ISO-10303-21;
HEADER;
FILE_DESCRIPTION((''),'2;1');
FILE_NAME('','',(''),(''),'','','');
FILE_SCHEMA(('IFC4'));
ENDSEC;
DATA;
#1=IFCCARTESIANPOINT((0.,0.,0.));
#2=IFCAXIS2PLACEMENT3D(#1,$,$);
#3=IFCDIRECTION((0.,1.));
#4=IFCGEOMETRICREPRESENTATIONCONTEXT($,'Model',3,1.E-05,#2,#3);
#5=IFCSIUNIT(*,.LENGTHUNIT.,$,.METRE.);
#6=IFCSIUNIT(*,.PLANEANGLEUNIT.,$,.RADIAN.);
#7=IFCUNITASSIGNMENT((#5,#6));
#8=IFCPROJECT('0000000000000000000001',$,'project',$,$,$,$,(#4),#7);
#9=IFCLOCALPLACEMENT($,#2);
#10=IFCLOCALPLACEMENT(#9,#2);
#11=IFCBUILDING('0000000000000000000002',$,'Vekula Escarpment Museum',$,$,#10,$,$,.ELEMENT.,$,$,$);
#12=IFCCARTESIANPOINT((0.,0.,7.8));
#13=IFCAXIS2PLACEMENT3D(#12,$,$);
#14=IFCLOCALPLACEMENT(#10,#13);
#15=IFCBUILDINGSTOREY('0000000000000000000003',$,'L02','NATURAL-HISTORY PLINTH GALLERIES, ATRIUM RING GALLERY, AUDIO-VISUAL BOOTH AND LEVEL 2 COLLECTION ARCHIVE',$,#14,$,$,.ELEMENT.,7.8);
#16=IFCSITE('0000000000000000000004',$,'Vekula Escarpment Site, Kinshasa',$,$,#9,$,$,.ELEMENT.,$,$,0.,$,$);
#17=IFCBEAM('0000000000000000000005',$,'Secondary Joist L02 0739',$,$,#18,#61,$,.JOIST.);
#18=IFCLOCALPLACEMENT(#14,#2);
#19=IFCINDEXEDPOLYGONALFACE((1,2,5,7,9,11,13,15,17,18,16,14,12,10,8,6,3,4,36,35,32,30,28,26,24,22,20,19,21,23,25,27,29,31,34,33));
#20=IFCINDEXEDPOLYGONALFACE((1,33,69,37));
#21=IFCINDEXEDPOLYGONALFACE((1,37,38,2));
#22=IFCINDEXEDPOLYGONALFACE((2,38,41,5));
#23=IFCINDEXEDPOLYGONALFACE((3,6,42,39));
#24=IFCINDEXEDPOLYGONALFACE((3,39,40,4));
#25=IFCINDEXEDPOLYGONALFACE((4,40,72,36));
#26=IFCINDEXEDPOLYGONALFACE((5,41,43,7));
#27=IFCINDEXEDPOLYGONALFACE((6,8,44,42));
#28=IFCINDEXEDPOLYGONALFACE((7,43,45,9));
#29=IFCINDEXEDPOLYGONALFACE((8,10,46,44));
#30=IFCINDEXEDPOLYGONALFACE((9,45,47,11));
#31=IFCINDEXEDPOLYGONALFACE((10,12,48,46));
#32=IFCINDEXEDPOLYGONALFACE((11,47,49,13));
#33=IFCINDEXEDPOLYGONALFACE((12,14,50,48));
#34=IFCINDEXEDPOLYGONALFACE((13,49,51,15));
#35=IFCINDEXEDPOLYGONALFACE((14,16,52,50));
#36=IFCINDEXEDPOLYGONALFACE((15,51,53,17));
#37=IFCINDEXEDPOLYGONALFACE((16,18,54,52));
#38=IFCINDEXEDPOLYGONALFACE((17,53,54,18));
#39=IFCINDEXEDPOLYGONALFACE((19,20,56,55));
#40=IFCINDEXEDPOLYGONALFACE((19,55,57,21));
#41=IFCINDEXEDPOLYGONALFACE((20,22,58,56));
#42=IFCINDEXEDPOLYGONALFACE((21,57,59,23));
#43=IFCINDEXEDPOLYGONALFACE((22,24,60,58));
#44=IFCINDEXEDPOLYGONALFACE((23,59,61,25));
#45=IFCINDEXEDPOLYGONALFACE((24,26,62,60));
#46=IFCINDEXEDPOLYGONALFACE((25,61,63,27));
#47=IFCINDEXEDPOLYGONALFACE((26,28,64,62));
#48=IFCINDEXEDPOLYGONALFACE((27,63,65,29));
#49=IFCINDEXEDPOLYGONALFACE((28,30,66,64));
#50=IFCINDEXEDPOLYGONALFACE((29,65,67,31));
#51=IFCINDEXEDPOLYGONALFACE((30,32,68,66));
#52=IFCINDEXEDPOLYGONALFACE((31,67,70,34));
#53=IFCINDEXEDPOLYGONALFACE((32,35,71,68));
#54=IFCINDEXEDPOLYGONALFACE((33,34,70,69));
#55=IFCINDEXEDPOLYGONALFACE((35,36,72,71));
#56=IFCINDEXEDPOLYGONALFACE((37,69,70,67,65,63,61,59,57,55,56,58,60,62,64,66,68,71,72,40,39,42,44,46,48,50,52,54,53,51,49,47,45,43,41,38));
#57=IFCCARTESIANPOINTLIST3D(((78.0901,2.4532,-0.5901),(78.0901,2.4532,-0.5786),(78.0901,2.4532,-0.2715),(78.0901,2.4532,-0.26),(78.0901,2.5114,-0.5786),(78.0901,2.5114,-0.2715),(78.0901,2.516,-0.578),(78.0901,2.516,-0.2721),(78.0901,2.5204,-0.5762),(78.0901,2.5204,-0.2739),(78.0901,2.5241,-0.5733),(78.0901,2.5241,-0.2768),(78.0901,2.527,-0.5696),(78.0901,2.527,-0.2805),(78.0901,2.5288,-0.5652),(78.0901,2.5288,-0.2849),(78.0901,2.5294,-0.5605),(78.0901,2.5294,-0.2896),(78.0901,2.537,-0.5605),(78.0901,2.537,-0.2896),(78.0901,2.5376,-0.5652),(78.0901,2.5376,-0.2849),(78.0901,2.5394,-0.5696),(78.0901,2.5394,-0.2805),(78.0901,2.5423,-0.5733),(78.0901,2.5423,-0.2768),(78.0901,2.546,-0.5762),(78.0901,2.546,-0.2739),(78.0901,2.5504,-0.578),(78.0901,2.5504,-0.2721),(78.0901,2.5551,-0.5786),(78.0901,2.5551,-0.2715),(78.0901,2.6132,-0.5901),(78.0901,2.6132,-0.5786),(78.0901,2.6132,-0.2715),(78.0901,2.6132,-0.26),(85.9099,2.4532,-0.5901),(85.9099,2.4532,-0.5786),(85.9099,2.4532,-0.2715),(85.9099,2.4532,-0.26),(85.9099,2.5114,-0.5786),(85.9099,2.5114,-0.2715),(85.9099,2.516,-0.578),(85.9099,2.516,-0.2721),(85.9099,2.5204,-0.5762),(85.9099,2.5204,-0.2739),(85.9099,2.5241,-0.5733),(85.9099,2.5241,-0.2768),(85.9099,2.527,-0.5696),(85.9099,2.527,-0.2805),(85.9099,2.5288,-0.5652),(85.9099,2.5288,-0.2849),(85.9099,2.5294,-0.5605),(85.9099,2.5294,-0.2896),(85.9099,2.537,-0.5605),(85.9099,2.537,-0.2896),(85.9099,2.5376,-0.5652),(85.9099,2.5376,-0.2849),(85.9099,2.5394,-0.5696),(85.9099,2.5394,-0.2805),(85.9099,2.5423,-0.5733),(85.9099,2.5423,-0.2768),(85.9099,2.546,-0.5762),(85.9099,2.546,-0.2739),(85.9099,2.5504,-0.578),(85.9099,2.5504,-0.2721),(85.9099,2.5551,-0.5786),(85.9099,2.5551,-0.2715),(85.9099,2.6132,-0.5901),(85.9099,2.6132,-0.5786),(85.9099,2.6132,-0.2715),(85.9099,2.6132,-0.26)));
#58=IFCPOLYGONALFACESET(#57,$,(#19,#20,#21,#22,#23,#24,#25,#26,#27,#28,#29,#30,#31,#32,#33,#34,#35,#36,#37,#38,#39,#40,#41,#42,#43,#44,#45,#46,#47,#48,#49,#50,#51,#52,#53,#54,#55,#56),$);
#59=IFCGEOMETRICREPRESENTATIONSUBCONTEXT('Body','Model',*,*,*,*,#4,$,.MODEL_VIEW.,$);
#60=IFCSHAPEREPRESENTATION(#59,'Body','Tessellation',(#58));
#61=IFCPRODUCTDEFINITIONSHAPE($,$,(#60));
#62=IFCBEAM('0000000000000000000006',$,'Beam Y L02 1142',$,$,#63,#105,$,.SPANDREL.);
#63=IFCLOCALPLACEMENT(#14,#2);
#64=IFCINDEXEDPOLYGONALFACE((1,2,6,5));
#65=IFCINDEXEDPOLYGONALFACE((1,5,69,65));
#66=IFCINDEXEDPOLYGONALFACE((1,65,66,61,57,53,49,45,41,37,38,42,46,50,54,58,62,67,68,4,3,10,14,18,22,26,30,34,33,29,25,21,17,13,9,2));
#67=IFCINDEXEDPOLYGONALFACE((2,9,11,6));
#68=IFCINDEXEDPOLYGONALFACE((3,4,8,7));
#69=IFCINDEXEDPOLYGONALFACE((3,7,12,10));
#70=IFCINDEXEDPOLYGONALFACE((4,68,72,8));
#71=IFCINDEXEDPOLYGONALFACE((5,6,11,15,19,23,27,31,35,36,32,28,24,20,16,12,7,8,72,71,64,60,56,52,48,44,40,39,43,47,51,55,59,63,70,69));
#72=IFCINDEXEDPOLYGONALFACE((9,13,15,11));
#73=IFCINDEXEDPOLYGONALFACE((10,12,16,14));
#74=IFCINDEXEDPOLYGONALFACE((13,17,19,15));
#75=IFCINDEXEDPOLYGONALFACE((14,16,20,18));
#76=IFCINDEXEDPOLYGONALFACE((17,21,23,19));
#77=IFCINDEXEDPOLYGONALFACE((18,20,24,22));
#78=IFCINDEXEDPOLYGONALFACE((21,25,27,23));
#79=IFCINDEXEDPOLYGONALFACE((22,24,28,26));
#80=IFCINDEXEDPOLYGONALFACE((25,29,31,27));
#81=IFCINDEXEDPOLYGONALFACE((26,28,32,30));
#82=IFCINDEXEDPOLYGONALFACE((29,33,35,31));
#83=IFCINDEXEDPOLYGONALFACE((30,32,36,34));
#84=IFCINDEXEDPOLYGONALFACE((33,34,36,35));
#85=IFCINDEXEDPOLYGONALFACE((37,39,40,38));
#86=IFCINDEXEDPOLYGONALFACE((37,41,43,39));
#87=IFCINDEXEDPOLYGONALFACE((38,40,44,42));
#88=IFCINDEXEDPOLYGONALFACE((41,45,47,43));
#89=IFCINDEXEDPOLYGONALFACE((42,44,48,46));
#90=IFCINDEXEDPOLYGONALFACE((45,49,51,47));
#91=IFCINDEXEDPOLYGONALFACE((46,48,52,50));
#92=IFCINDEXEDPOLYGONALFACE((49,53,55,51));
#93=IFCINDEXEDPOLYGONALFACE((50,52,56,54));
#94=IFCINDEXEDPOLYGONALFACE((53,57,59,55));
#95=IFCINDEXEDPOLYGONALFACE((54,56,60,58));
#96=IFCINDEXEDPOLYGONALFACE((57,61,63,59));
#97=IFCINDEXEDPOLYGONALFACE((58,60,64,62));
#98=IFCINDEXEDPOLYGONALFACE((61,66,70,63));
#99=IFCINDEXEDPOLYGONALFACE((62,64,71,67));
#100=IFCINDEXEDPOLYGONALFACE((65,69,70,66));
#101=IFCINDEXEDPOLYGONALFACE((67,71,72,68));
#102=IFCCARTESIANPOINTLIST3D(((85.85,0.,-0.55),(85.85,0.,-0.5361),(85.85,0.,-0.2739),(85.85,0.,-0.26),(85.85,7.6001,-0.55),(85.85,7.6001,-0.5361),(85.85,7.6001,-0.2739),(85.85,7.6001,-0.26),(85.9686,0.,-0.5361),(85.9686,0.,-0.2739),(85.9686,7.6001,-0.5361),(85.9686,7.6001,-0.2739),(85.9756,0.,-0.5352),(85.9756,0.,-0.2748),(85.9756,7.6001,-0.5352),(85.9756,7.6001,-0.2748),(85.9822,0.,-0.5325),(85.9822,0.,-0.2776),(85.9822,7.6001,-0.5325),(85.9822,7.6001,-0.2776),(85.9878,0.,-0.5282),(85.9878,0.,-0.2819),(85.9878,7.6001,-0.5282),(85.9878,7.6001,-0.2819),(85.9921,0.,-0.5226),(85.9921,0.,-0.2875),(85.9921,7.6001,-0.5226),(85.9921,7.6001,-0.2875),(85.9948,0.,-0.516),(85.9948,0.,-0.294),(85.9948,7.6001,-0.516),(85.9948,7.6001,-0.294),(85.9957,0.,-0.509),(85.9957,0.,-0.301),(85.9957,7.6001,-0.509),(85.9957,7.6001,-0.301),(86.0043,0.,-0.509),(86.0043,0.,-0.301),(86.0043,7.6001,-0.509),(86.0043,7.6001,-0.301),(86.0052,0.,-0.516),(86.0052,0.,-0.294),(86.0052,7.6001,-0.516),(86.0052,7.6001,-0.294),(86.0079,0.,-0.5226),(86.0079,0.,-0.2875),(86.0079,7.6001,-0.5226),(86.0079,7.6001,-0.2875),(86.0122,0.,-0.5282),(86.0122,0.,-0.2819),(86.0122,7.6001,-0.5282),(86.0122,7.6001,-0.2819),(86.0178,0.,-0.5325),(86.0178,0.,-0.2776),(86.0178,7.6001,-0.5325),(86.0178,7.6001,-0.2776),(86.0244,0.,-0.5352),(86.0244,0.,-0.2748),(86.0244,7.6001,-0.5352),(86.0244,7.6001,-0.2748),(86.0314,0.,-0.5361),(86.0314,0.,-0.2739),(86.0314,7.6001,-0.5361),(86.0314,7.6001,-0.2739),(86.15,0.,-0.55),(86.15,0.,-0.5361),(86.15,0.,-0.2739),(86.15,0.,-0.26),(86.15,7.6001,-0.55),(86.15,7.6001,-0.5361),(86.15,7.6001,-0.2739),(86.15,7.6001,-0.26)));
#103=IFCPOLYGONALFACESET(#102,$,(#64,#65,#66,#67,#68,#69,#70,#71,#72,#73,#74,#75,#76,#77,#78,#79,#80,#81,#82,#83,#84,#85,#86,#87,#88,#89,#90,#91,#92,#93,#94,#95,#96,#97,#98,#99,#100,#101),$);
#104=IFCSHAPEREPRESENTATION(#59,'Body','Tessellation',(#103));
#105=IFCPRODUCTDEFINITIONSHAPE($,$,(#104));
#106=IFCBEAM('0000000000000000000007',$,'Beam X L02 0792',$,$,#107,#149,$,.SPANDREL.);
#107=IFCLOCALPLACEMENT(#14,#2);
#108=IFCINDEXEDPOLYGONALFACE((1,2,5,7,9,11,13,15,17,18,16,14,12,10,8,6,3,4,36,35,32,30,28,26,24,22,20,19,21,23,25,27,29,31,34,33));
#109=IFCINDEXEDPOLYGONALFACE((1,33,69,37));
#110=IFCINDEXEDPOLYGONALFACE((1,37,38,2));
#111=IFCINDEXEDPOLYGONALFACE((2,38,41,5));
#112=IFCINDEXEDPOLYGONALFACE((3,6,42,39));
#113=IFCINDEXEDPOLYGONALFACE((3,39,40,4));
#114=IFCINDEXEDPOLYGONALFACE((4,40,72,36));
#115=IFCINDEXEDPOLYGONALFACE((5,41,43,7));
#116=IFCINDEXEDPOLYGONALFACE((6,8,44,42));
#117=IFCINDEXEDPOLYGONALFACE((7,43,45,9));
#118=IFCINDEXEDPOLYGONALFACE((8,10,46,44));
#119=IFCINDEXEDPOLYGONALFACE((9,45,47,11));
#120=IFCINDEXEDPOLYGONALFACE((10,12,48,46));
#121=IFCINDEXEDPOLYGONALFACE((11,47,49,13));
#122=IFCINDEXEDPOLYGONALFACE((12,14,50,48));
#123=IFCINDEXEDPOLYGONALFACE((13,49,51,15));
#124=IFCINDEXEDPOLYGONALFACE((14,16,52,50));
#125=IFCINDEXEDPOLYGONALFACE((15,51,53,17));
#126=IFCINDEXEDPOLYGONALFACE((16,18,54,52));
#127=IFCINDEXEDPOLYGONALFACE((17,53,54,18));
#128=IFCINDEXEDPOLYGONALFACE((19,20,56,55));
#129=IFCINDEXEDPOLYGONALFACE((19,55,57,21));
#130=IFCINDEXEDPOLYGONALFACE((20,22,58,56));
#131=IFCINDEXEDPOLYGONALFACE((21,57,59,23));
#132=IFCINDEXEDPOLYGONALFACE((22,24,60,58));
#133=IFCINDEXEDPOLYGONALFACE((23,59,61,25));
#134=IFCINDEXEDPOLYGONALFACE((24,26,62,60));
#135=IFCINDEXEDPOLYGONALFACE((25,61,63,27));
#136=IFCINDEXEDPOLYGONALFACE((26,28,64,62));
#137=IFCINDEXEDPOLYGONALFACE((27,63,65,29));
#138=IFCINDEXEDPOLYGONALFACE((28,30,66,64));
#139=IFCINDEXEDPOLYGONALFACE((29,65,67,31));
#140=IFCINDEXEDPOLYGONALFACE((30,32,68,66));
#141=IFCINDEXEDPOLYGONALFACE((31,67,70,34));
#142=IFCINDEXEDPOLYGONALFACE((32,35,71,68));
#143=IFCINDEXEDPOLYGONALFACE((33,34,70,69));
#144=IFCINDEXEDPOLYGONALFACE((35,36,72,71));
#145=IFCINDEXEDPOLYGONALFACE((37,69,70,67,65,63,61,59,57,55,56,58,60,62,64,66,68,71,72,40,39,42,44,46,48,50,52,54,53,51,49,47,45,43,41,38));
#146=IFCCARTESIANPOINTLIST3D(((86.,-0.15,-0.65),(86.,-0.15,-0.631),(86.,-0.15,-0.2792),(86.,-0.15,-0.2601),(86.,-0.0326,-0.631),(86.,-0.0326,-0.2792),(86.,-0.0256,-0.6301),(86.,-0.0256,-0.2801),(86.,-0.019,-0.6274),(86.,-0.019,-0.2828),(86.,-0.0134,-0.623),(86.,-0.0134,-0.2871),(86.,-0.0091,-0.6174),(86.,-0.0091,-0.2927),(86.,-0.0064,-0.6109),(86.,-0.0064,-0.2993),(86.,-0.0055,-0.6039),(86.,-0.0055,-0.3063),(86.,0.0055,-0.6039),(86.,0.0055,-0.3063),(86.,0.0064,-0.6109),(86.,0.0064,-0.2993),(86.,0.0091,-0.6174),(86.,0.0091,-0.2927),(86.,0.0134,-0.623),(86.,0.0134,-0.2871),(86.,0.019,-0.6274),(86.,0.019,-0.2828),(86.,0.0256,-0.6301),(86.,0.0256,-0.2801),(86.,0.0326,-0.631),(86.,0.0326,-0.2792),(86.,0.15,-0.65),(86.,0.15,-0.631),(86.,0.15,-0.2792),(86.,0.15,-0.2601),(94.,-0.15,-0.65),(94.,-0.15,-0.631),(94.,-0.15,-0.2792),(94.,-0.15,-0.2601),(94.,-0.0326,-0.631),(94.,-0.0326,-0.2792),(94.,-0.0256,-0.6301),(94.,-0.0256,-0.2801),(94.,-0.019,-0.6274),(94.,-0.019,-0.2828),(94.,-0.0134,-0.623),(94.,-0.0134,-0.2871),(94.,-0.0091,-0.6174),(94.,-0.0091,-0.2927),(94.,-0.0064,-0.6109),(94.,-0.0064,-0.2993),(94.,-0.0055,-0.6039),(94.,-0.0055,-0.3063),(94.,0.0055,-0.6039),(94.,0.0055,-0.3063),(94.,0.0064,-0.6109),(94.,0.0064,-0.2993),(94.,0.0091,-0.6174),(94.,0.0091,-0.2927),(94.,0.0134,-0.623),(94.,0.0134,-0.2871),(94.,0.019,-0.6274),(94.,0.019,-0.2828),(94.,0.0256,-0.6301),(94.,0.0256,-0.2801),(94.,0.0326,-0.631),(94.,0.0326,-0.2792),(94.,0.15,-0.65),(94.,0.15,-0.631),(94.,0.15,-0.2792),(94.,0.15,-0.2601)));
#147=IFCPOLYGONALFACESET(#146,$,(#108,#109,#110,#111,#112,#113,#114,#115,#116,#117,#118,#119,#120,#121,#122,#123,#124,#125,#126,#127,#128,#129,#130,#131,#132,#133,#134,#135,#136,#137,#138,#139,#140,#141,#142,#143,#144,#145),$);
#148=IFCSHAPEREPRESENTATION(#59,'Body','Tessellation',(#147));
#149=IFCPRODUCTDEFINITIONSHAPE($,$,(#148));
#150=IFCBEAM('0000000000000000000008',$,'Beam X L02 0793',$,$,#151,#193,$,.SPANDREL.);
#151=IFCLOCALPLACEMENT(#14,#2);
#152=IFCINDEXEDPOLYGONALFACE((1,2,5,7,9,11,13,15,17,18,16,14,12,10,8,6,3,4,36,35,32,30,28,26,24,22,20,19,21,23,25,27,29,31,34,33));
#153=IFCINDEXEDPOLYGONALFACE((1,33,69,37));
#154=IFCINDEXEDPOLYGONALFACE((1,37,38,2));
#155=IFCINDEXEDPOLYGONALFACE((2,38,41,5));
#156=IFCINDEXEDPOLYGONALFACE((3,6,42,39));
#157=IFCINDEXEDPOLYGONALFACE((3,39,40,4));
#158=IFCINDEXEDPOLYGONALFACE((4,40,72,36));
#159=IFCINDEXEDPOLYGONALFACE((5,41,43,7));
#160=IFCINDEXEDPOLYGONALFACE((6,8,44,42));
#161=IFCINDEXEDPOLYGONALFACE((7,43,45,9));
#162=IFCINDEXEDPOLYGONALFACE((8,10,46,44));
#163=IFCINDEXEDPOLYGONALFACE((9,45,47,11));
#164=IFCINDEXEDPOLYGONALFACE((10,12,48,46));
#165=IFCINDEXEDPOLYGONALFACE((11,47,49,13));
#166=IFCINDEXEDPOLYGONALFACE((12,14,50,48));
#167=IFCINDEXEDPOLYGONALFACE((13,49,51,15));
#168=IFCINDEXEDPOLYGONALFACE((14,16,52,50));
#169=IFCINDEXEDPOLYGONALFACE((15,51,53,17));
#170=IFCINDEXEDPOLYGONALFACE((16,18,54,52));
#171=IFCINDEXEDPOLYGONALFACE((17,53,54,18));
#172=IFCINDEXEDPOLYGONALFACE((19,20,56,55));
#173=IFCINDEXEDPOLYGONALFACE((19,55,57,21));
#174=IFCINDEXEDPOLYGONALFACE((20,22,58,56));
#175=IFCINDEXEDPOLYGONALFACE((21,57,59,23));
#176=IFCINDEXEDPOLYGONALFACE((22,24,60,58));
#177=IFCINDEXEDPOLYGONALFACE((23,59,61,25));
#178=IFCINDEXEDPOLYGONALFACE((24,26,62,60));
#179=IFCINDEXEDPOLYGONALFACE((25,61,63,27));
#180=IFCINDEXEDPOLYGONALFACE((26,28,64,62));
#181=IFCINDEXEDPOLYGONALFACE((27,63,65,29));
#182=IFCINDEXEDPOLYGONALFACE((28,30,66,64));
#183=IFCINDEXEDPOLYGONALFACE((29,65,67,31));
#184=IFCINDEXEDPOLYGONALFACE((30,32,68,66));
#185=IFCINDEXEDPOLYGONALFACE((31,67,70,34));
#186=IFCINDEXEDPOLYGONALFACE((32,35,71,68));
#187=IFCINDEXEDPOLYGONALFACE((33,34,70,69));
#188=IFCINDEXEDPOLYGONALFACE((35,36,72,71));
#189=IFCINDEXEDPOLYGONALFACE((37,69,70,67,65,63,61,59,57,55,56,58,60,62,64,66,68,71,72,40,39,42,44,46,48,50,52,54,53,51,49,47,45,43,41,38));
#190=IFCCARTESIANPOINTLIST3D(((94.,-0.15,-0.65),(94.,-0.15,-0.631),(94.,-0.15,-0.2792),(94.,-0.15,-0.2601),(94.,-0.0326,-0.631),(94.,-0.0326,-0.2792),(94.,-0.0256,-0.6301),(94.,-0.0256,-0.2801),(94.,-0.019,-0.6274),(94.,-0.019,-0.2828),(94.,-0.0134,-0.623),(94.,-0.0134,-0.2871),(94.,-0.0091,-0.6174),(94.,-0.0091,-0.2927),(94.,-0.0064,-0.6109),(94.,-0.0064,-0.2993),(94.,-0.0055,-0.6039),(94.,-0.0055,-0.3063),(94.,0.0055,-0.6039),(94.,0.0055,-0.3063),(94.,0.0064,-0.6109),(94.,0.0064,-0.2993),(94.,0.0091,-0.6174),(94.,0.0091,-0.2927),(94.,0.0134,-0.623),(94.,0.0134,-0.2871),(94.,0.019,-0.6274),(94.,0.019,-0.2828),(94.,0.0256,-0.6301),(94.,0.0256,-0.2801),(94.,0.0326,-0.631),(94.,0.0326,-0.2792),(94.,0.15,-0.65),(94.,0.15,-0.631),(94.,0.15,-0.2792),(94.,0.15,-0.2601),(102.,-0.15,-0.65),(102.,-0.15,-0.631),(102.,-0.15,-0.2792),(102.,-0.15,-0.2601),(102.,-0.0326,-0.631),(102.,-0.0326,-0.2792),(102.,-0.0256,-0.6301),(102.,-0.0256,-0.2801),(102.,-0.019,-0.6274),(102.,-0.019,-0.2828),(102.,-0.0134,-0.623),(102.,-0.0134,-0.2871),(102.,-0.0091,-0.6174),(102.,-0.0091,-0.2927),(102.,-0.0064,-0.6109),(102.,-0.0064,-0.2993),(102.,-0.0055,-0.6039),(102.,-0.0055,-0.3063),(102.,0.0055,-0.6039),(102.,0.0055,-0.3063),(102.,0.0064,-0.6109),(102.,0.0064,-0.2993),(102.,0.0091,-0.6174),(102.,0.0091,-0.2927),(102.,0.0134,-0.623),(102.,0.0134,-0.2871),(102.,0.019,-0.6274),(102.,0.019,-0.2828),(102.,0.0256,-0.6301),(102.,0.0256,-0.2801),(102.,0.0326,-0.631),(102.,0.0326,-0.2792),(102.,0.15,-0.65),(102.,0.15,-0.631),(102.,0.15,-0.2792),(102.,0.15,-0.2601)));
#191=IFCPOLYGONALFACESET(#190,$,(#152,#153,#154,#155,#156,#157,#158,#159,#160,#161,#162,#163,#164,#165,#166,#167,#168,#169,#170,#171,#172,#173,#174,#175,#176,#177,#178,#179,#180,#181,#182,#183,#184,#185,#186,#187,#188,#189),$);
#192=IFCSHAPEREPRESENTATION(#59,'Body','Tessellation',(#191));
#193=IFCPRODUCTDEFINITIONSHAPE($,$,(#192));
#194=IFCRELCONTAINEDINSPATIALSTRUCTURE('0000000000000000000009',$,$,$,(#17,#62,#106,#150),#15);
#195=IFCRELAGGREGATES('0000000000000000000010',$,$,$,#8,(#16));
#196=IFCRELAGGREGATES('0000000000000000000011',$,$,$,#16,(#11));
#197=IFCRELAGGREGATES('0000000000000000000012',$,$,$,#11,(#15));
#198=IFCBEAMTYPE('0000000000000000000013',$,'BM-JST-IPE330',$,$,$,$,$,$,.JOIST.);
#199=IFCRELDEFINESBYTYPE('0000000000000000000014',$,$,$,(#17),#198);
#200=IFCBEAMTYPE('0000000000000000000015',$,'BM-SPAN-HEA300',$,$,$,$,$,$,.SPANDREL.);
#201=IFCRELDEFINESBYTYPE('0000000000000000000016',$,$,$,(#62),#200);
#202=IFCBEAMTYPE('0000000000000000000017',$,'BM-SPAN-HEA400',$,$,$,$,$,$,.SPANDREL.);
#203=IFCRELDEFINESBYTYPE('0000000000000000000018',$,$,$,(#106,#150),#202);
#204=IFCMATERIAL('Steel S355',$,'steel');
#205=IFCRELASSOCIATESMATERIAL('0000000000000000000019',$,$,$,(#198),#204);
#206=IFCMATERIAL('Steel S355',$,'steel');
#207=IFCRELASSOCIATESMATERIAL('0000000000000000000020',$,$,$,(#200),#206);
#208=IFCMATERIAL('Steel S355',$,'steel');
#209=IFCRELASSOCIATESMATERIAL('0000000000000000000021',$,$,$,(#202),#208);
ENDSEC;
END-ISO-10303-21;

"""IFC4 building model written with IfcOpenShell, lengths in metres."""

from ifc_helpers import new_model, si_unit, direction, frame, origin, origin_2d, place, context, subcontext, project, spatial, i_section, extrude, material, material_profile, profile_set, type_object, element, save


model = new_model("IFC4")

# Units and contexts
model_context = context("Model", 3, precision=1e-05, world=origin(), true_north=direction((0.0, 1.0)))
body_context = subcontext(model_context, "Body", "Model", "MODEL_VIEW")
ifc_project = project(units=[si_unit("LENGTHUNIT", "METRE"), si_unit("PLANEANGLEUNIT", "RADIAN")], contexts=[model_context])

# Site, building, storey
site_placement = place(None, origin())
site = spatial("IfcSite", under=ifc_project, at=site_placement, Name="Vekula Escarpment Site, Kinshasa", CompositionType="ELEMENT", RefElevation=0.0)
building_placement = place(site_placement, origin())
building = spatial("IfcBuilding", under=site, at=building_placement, Name="Vekula Escarpment Museum", CompositionType="ELEMENT")
storey_placement = place(building_placement, frame((0.0, 0.0, 7.8)))
storey = spatial("IfcBuildingStorey", under=building, at=storey_placement, Name="L02", Description="NATURAL-HISTORY PLINTH GALLERIES, ATRIUM RING GALLERY, AUDIO-VISUAL BOOTH AND LEVEL 2 COLLECTION ARCHIVE", CompositionType="ELEMENT", Elevation=7.8)

# Beams
ifc_material_1 = material(Name="Steel S355", Category="steel")
ifc_material_profile_1 = material_profile(ifc_material_1, i_section(OverallWidth=0.1599, OverallDepth=0.3301, WebThickness=0.0076, FlangeThickness=0.0115, FilletRadius=0.0181, at=origin_2d()), Name="IPE 330")
ifc_profile_set_1 = profile_set([ifc_material_profile_1], Name="Steel S355")
beam_type_1 = type_object("IfcBeamType", Name="BM-JST-IPE330", PredefinedType="JOIST", material=ifc_profile_set_1)
beam_1_placement = place(storey_placement, frame((78.0901, 2.5332, -0.425), z_axis=(1.0, 0.0, 0.0), x_axis=(0.0, 1.0, 0.0)))
element("IfcBeam", 1, at=beam_1_placement, inside=storey, type_object=beam_type_1, Name="Secondary Joist L02 0739", PredefinedType="JOIST", context=body_context, shape_type="SweptSolid", body=[
    extrude(i_section(OverallWidth=0.1599, OverallDepth=0.3301, WebThickness=0.0076, FlangeThickness=0.0115, FilletRadius=0.0181, at=origin_2d()), origin(), (0.0, 0.0, 1.0), 7.8198),
])
ifc_material_2 = material(Name="Steel S355", Category="steel")
ifc_material_profile_2 = material_profile(ifc_material_2, i_section(OverallWidth=0.3, OverallDepth=0.29, WebThickness=0.0085, FlangeThickness=0.0139, FilletRadius=0.0271, at=origin_2d()), Name="HEA 300")
ifc_profile_set_2 = profile_set([ifc_material_profile_2], Name="Steel S355")
beam_type_2 = type_object("IfcBeamType", Name="BM-SPAN-HEA300", PredefinedType="SPANDREL", material=ifc_profile_set_2)
beam_2_placement = place(storey_placement, frame((86.0, 0.0, -0.405), z_axis=(0.0, 1.0, 0.0), x_axis=(-1.0, 0.0, 0.0)))
element("IfcBeam", 2, at=beam_2_placement, inside=storey, type_object=beam_type_2, Name="Beam Y L02 1142", PredefinedType="SPANDREL", context=body_context, shape_type="SweptSolid", body=[
    extrude(i_section(OverallWidth=0.3, OverallDepth=0.29, WebThickness=0.0085, FlangeThickness=0.0139, FilletRadius=0.0271, at=origin_2d()), origin(), (0.0, 0.0, 1.0), 7.6001),
])
ifc_material_3 = material(Name="Steel S355", Category="steel")
ifc_material_profile_3 = material_profile(ifc_material_3, i_section(OverallWidth=0.3, OverallDepth=0.3899, WebThickness=0.011, FlangeThickness=0.019, FilletRadius=0.0271, at=origin_2d()), Name="HEA 400")
ifc_profile_set_3 = profile_set([ifc_material_profile_3], Name="Steel S355")
beam_type_3 = type_object("IfcBeamType", Name="BM-SPAN-HEA400", PredefinedType="SPANDREL", material=ifc_profile_set_3)
for number, where, z_axis, x_axis, name in (
    (3, (86.0, 0.0, -0.4551), (1.0, 0.0, 0.0), (0.0, 1.0, 0.0), "Beam X L02 0792"),
    (4, (94.0, 0.0, -0.4551), (1.0, 0.0, 0.0), (0.0, 1.0, 0.0), "Beam X L02 0793"),
):
    element("IfcBeam", number, at=place(storey_placement, frame(where, z_axis=z_axis, x_axis=x_axis)), inside=storey, type_object=beam_type_3, Name=name, PredefinedType="SPANDREL", context=body_context, shape_type="SweptSolid", body=[
        extrude(i_section(OverallWidth=0.3, OverallDepth=0.3899, WebThickness=0.011, FlangeThickness=0.019, FilletRadius=0.0271, at=origin_2d()), origin(), (0.0, 0.0, 1.0), 8.0),
    ])

save(model, "model.ifc")
